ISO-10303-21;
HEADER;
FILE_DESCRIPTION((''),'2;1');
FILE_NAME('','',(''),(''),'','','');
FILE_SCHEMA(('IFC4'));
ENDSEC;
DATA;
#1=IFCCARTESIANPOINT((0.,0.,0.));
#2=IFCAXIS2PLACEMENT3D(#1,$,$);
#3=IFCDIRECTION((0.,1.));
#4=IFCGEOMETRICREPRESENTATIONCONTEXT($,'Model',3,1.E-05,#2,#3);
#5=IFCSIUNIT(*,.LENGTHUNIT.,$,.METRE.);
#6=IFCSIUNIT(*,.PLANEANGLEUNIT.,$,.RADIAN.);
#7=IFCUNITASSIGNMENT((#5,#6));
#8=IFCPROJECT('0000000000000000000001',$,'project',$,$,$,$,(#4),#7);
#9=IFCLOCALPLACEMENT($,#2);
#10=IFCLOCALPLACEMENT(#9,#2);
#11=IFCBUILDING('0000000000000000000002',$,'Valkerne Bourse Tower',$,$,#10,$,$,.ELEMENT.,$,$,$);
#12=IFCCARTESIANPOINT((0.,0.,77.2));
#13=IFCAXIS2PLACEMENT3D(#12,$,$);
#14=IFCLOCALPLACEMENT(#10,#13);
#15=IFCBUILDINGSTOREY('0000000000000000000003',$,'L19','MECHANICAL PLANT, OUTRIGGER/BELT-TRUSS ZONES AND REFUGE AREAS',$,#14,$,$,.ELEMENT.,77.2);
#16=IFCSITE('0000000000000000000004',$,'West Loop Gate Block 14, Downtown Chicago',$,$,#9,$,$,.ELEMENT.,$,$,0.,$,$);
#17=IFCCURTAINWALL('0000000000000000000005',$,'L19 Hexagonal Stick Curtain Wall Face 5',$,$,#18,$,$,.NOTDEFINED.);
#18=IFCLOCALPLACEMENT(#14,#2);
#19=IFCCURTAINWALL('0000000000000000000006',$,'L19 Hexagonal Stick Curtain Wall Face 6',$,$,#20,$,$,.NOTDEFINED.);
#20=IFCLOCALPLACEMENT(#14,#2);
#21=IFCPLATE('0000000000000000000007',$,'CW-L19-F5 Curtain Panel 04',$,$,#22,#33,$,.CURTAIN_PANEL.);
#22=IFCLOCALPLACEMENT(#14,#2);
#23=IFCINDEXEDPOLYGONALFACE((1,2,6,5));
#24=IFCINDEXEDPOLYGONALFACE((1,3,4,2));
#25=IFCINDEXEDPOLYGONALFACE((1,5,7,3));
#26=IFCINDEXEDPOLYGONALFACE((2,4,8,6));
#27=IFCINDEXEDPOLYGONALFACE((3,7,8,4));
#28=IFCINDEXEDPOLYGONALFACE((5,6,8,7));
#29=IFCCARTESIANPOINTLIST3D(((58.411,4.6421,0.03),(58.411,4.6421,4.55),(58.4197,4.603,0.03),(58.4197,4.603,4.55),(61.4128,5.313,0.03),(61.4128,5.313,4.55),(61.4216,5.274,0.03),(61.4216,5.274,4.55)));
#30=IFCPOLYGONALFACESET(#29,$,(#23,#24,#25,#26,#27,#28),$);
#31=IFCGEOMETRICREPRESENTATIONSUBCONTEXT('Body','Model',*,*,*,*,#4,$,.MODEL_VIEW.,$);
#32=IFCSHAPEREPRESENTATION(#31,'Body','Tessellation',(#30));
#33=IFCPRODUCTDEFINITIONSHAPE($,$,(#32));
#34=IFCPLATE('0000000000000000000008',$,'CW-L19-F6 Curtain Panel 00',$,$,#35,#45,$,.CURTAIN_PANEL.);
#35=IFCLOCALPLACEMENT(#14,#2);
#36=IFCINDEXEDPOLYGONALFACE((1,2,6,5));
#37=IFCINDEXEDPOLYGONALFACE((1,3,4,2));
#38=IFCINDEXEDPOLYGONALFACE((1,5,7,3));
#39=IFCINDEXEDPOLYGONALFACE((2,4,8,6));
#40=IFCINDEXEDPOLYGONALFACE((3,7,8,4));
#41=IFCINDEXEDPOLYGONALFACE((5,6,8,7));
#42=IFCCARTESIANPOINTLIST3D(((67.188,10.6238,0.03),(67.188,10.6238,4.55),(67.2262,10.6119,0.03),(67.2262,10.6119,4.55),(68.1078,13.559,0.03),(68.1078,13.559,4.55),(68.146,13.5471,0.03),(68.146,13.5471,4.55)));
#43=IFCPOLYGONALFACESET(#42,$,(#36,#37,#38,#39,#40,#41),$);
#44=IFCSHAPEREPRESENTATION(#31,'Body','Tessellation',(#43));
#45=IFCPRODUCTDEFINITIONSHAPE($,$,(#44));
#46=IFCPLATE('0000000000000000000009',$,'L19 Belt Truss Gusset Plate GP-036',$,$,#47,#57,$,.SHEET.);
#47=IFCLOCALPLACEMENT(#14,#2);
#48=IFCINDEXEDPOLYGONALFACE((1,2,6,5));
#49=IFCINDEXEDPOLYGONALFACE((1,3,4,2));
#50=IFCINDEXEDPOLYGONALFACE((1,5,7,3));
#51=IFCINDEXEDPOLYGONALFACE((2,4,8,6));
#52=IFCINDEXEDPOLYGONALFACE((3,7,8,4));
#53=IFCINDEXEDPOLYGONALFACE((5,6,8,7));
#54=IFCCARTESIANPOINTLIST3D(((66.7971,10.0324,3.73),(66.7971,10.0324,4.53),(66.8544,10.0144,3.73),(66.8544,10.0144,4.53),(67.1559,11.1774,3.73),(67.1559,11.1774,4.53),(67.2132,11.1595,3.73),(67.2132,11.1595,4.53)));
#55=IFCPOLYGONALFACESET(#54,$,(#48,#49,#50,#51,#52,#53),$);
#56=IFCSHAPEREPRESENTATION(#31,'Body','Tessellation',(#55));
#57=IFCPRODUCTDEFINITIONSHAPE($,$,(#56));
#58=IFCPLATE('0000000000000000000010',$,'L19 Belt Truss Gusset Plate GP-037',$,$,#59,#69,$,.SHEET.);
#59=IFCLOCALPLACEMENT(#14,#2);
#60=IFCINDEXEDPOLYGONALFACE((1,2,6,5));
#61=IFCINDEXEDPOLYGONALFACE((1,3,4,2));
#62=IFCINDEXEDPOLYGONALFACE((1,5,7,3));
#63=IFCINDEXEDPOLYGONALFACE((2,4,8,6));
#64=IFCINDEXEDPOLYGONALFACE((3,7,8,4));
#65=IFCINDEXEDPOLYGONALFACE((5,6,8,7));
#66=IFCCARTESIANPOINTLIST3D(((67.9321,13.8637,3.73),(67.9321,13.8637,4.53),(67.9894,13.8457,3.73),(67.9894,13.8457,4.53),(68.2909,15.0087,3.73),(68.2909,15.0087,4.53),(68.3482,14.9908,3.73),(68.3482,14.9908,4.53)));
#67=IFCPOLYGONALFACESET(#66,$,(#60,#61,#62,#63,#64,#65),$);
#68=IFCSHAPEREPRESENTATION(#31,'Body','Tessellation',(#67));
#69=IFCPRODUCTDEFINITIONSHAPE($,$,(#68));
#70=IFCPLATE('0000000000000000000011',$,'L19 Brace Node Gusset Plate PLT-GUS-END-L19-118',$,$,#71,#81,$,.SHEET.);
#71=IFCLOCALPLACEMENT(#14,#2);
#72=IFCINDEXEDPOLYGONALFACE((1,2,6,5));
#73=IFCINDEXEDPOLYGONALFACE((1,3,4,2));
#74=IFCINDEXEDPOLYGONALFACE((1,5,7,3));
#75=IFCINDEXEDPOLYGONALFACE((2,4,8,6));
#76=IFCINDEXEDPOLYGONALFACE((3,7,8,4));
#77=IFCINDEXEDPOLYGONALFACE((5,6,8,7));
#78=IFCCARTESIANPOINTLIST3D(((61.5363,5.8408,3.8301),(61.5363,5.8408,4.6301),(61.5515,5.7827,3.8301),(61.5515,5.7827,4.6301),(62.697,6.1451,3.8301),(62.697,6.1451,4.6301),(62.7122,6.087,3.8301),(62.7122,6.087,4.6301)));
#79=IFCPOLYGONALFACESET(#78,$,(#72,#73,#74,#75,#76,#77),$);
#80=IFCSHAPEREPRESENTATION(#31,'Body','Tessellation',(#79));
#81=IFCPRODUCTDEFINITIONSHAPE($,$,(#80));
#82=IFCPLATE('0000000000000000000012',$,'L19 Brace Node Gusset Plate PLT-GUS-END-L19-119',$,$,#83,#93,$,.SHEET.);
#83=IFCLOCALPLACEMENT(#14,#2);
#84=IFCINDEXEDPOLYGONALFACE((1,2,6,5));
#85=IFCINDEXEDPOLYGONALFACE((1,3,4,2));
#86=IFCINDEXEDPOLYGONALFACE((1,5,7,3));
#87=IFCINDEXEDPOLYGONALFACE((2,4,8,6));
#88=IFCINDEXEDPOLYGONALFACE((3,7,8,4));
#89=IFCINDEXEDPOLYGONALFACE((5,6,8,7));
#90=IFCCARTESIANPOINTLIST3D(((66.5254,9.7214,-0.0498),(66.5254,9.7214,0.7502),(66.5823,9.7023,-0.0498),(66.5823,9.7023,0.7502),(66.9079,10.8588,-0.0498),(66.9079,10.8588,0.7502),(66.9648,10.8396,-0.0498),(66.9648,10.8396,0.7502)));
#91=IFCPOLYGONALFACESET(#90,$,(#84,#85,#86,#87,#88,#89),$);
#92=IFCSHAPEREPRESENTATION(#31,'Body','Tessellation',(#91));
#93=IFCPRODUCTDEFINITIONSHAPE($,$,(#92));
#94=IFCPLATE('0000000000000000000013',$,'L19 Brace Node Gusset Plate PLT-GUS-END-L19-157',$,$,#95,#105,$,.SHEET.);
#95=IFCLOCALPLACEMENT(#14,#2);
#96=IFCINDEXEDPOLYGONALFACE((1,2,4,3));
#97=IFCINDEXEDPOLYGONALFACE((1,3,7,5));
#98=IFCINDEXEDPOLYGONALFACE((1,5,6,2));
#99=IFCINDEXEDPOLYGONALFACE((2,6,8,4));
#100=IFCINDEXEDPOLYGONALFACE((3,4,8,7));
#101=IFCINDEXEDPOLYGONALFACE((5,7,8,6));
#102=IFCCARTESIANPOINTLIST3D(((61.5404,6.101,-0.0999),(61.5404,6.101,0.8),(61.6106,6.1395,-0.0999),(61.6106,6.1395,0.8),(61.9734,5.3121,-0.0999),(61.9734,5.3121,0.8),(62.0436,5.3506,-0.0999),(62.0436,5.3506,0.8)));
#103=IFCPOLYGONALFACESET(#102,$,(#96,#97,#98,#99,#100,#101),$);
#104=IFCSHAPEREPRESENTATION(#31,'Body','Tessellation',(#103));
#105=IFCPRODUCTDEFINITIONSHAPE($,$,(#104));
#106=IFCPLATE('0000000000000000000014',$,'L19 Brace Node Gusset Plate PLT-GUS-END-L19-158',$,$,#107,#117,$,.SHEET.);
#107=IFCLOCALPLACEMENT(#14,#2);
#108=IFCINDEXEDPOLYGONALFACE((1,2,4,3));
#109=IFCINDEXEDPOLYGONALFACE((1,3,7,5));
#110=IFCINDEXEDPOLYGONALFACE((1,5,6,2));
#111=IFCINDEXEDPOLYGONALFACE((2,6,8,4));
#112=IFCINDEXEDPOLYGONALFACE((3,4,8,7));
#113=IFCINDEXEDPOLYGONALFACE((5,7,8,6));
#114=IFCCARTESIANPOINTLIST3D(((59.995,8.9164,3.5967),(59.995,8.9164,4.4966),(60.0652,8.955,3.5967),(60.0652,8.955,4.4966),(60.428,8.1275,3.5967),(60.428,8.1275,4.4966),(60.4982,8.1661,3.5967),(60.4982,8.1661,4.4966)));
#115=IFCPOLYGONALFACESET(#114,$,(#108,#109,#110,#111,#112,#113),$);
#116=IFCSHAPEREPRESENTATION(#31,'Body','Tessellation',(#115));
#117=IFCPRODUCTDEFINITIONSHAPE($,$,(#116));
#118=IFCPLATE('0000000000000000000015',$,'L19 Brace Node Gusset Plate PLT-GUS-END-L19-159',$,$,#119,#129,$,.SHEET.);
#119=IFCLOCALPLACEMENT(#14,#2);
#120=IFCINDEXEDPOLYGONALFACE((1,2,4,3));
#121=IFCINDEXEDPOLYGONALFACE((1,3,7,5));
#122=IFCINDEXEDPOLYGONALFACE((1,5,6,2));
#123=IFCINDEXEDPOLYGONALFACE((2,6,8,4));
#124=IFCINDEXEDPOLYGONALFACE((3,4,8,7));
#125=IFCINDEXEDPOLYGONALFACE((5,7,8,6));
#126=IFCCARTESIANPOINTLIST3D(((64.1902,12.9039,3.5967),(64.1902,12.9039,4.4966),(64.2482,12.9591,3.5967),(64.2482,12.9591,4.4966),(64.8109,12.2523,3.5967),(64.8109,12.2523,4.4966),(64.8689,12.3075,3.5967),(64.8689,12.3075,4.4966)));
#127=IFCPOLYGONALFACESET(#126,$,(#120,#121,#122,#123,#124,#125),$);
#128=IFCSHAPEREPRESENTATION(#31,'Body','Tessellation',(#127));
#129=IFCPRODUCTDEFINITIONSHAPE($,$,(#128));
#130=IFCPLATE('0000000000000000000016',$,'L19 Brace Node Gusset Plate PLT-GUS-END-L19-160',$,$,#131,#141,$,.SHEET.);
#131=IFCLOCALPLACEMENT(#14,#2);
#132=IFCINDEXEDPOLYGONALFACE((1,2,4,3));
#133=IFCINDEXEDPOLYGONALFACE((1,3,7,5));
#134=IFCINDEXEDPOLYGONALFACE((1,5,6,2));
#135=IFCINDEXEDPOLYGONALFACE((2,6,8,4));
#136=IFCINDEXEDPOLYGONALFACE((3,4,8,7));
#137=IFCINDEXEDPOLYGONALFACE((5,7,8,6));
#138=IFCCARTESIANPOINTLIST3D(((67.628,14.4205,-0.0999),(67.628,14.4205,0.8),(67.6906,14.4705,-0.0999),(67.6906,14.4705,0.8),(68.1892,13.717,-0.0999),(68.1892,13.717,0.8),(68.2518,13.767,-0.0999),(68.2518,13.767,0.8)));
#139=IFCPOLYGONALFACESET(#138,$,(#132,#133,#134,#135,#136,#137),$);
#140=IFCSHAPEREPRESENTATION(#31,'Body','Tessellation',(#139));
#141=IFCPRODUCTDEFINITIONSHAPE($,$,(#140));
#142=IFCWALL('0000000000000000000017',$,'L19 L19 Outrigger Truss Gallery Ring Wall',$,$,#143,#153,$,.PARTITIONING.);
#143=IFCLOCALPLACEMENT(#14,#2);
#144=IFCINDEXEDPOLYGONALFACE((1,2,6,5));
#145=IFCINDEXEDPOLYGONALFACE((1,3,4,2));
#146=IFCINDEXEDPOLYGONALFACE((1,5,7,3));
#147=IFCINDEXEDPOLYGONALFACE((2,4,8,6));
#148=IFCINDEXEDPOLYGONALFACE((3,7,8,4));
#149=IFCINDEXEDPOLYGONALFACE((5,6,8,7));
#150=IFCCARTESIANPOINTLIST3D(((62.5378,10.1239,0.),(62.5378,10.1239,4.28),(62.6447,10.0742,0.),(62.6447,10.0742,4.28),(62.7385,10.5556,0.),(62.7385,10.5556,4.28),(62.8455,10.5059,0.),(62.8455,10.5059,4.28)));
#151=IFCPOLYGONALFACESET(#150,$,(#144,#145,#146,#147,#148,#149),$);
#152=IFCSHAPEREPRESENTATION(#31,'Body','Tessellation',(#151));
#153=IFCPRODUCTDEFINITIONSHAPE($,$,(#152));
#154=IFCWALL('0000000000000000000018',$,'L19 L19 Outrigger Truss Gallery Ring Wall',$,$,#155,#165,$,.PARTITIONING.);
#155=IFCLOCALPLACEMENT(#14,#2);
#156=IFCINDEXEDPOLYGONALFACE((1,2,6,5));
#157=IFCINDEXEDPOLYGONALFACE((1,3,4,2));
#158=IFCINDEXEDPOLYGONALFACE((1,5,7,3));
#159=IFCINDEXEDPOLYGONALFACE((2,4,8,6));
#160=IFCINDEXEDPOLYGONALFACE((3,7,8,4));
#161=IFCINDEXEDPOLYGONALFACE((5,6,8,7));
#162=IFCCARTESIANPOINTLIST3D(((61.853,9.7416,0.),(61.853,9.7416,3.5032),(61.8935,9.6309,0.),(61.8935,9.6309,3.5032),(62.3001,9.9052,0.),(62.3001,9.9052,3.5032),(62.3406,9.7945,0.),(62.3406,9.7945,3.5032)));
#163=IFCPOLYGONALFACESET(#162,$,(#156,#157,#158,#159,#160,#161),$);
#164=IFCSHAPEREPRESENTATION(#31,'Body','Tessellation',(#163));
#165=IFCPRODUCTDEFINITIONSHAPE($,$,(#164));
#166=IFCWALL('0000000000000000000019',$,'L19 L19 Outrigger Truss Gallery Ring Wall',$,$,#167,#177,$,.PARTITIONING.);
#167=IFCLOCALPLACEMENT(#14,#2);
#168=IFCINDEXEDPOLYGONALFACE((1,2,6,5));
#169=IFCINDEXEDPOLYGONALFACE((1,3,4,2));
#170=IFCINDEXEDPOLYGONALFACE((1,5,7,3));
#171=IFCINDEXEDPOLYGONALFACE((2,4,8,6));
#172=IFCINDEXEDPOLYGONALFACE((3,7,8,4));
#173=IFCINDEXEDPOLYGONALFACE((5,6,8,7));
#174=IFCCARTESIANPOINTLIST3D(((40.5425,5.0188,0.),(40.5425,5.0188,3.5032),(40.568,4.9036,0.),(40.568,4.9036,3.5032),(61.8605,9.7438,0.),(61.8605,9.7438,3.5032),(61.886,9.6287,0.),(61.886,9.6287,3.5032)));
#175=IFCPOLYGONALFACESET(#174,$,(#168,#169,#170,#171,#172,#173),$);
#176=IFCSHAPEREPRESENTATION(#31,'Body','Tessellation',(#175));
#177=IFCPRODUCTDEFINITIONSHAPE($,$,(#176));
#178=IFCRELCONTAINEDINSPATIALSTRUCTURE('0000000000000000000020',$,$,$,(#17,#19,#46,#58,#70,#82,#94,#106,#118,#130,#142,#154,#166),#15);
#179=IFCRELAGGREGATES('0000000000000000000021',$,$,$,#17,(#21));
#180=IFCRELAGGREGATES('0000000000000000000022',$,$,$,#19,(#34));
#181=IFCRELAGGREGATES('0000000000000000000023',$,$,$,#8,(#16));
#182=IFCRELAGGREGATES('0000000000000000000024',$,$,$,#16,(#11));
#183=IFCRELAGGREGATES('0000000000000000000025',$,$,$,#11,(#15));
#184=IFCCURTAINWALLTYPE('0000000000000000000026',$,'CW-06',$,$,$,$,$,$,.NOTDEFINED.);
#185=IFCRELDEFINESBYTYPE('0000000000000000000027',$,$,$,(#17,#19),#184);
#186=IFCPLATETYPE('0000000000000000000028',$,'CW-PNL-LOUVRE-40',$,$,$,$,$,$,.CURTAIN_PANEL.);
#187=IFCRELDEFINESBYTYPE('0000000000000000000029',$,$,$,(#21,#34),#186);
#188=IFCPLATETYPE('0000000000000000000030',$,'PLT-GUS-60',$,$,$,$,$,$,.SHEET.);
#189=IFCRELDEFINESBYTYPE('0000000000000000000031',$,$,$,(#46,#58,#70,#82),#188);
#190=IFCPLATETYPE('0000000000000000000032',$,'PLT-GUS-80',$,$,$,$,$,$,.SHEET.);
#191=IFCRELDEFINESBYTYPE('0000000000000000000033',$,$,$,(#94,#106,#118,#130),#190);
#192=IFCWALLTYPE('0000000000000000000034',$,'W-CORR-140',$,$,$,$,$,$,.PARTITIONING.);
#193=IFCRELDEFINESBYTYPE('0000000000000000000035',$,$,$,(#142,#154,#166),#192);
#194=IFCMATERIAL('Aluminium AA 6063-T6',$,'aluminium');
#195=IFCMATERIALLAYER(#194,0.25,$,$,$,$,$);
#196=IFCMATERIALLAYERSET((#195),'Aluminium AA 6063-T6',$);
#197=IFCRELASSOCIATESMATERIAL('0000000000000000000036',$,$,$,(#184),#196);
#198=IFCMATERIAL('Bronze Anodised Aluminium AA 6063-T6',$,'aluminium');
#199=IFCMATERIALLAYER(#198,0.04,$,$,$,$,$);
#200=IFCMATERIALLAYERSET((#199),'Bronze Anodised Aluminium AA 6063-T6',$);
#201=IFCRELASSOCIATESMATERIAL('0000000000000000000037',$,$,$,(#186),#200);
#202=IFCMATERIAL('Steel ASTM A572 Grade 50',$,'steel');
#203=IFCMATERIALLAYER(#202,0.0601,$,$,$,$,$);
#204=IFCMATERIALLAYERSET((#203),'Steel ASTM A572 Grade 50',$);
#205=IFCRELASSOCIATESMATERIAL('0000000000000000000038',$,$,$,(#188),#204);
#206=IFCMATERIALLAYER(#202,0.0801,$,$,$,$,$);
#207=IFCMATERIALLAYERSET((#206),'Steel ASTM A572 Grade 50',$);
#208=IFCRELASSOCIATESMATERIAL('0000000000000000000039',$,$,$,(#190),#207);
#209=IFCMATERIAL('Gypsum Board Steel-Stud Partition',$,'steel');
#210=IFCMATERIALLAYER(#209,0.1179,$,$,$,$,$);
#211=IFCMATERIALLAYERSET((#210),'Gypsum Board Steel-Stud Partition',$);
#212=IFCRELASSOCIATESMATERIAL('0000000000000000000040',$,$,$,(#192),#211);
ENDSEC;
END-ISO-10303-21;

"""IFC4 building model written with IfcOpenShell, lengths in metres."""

from ifc_helpers import new_model, si_unit, direction, frame, frame_2d, origin, origin_2d, place, context, subcontext, project, spatial, rectangle, extrude, material, layer, layer_set, type_object, element, aggregate, save


model = new_model("IFC4")

# Units and contexts
model_context = context("Model", 3, precision=1e-05, world=origin(), true_north=direction((0.0, 1.0)))
body_context = subcontext(model_context, "Body", "Model", "MODEL_VIEW")
ifc_project = project(units=[si_unit("LENGTHUNIT", "METRE"), si_unit("PLANEANGLEUNIT", "RADIAN")], contexts=[model_context])

# Site, building, storey
site_placement = place(None, origin())
site = spatial("IfcSite", under=ifc_project, at=site_placement, Name="West Loop Gate Block 14, Downtown Chicago", CompositionType="ELEMENT", RefElevation=0.0)
building_placement = place(site_placement, origin())
building = spatial("IfcBuilding", under=site, at=building_placement, Name="Valkerne Bourse Tower", CompositionType="ELEMENT")
storey_placement = place(building_placement, frame((0.0, 0.0, 77.2)))
storey = spatial("IfcBuildingStorey", under=building, at=storey_placement, Name="L19", Description="MECHANICAL PLANT, OUTRIGGER/BELT-TRUSS ZONES AND REFUGE AREAS", CompositionType="ELEMENT", Elevation=77.2)

# Curtain walls
ifc_material_1 = material(Name="Aluminium AA 6063-T6", Category="aluminium")
ifc_layer_1 = layer(ifc_material_1, 0.25)
ifc_layer_set_1 = layer_set([ifc_layer_1], Name="Aluminium AA 6063-T6")
curtain_wall_type = type_object("IfcCurtainWallType", Name="CW-06", PredefinedType="NOTDEFINED", material=ifc_layer_set_1)
curtain_wall_1_placement = place(storey_placement, origin())
curtain_wall_1 = element("IfcCurtainWall", 1, at=curtain_wall_1_placement, inside=storey, type_object=curtain_wall_type, Name="L19 Hexagonal Stick Curtain Wall Face 5", PredefinedType="NOTDEFINED")
curtain_wall_2_placement = place(storey_placement, origin())
curtain_wall_2 = element("IfcCurtainWall", 2, at=curtain_wall_2_placement, inside=storey, type_object=curtain_wall_type, Name="L19 Hexagonal Stick Curtain Wall Face 6", PredefinedType="NOTDEFINED")

# Plates
ifc_material_2 = material(Name="Bronze Anodised Aluminium AA 6063-T6", Category="aluminium")
ifc_layer_2 = layer(ifc_material_2, 0.04)
ifc_layer_set_2 = layer_set([ifc_layer_2], Name="Bronze Anodised Aluminium AA 6063-T6")
plate_type_1 = type_object("IfcPlateType", Name="CW-PNL-LOUVRE-40", PredefinedType="CURTAIN_PANEL", material=ifc_layer_set_2)
plate_1_placement = place(storey_placement, frame((59.9163, 4.958, 0.03), z_axis=(0.0, 0.0, 1.0), x_axis=(0.975917, 0.218141, 0.0)))
plate_1 = element("IfcPlate", 3, at=plate_1_placement, type_object=plate_type_1, Name="CW-L19-F5 Curtain Panel 04", PredefinedType="CURTAIN_PANEL", context=body_context, shape_type="SweptSolid", body=[
    extrude(rectangle(XDim=3.0759, YDim=0.04, at=origin_2d()), origin(), (0.0, 0.0, 1.0), 4.52),
])
aggregate(curtain_wall_1, [plate_1])
plate_2_placement = place(storey_placement, frame((67.667, 12.0854, 0.03), z_axis=(0.0, 0.0, 1.0), x_axis=(0.299022, 0.954246, 0.0)))
plate_2 = element("IfcPlate", 4, at=plate_2_placement, type_object=plate_type_1, Name="CW-L19-F6 Curtain Panel 00", PredefinedType="CURTAIN_PANEL", context=body_context, shape_type="SweptSolid", body=[
    extrude(rectangle(XDim=3.0759, YDim=0.04, at=origin_2d()), origin(), (0.0, 0.0, 1.0), 4.52),
])
aggregate(curtain_wall_2, [plate_2])

# Plates
ifc_material_3 = material(Name="Steel ASTM A572 Grade 50", Category="steel")
ifc_layer_3 = layer(ifc_material_3, 0.0601)
ifc_layer_set_3 = layer_set([ifc_layer_3], Name="Steel ASTM A572 Grade 50")
plate_type_2 = type_object("IfcPlateType", Name="PLT-GUS-60", PredefinedType="SHEET", material=ifc_layer_set_3)
for number, where, z_axis, x_axis, name in (
    (5, (67.0051, 10.5959, 3.73), (0.0, 0.0, 1.0), (0.299041, 0.95424, 0.0), "L19 Belt Truss Gusset Plate GP-036"),
    (6, (68.1401, 14.4272, 3.73), (0.0, 0.0, 1.0), (0.299041, 0.95424, 0.0), "L19 Belt Truss Gusset Plate GP-037"),
    (7, (62.1243, 5.9639, 3.8301), (0.0, 0.0, 1.0), (0.967312, 0.253589, 0.0), "L19 Brace Node Gusset Plate PLT-GUS-END-L19-118"),
    (8, (66.7451, 10.2805, -0.0498), (0.0, 0.0, 1.0), (0.318794, 0.947824, 0.0), "L19 Brace Node Gusset Plate PLT-GUS-END-L19-119"),
):
    element("IfcPlate", number, at=place(storey_placement, frame(where, z_axis=z_axis, x_axis=x_axis)), inside=storey, type_object=plate_type_2, Name=name, PredefinedType="SHEET", context=body_context, shape_type="SweptSolid", body=[
        extrude(rectangle(XDim=1.2, YDim=0.0601, at=origin_2d()), origin(), (0.0, 0.0, 1.0), 0.8),
    ])
ifc_layer_4 = layer(ifc_material_3, 0.0801)
ifc_layer_set_4 = layer_set([ifc_layer_4], Name="Steel ASTM A572 Grade 50")
plate_type_3 = type_object("IfcPlateType", Name="PLT-GUS-80", PredefinedType="SHEET", material=ifc_layer_set_4)
for number, where, z_axis, x_axis, name in (
    (9, (61.792, 5.7258, -0.0999), (0.0, 0.0, 1.0), (-0.481142, 0.876643, 0.0), "L19 Brace Node Gusset Plate PLT-GUS-END-L19-157"),
    (10, (60.2466, 8.5413, 3.5967), (0.0, 0.0, 1.0), (-0.481142, 0.876643, 0.0), "L19 Brace Node Gusset Plate PLT-GUS-END-L19-158"),
    (11, (64.5295, 12.6057, 3.5967), (0.0, 0.0, 1.0), (-0.689746, 0.724051, 0.0), "L19 Brace Node Gusset Plate PLT-GUS-END-L19-159"),
    (12, (67.9399, 14.0938, -0.0999), (0.0, 0.0, 1.0), (-0.623607, 0.781738, 0.0), "L19 Brace Node Gusset Plate PLT-GUS-END-L19-160"),
):
    element("IfcPlate", number, at=place(storey_placement, frame(where, z_axis=z_axis, x_axis=x_axis)), inside=storey, type_object=plate_type_3, Name=name, PredefinedType="SHEET", context=body_context, shape_type="SweptSolid", body=[
        extrude(rectangle(XDim=0.8999, YDim=0.0801, at=origin_2d()), origin(), (0.0, 0.0, 1.0), 0.8999),
    ])

# Walls
ifc_material_4 = material(Name="Gypsum Board Steel-Stud Partition", Category="steel")
ifc_layer_5 = layer(ifc_material_4, 0.1179)
ifc_layer_set_5 = layer_set([ifc_layer_5], Name="Gypsum Board Steel-Stud Partition")
wall_type = type_object("IfcWallType", Name="W-CORR-140", PredefinedType="PARTITIONING", material=ifc_layer_set_5)
wall_1_placement = place(storey_placement, frame((62.792, 10.5308, 0.0), z_axis=(0.0, 0.0, 1.0), x_axis=(-0.421593, -0.906785, 0.0)))
element("IfcWall", 13, at=wall_1_placement, inside=storey, type_object=wall_type, Name="L19 L19 Outrigger Truss Gallery Ring Wall", PredefinedType="PARTITIONING", context=body_context, shape_type="SweptSolid", body=[
    extrude(rectangle(XDim=0.4761, YDim=0.1179, at=frame_2d((0.238, 0.0))), origin(), (0.0, 0.0, 1.0), 4.28),
])
wall_2_placement = place(storey_placement, frame((62.3203, 9.8499, 0.0), z_axis=(0.0, 0.0, 1.0), x_axis=(-0.939103, -0.343637, 0.0)))
element("IfcWall", 14, at=wall_2_placement, inside=storey, type_object=wall_type, Name="L19 L19 Outrigger Truss Gallery Ring Wall", PredefinedType="PARTITIONING", context=body_context, shape_type="SweptSolid", body=[
    extrude(rectangle(XDim=0.4761, YDim=0.1179, at=frame_2d((0.238, 0.0))), origin(), (0.0, 0.0, 1.0), 3.5032),
])
wall_3_placement = place(storey_placement, frame((61.8733, 9.6863, 0.0), z_axis=(0.0, 0.0, 1.0), x_axis=(-0.976306, -0.216395, 0.0)))
element("IfcWall", 15, at=wall_3_placement, inside=storey, type_object=wall_type, Name="L19 L19 Outrigger Truss Gallery Ring Wall", PredefinedType="PARTITIONING", context=body_context, shape_type="SweptSolid", body=[
    extrude(rectangle(XDim=21.8354, YDim=0.1179, at=frame_2d((10.9177, 0.0))), origin(), (0.0, 0.0, 1.0), 3.5032),
])

save(model, "model.ifc")
